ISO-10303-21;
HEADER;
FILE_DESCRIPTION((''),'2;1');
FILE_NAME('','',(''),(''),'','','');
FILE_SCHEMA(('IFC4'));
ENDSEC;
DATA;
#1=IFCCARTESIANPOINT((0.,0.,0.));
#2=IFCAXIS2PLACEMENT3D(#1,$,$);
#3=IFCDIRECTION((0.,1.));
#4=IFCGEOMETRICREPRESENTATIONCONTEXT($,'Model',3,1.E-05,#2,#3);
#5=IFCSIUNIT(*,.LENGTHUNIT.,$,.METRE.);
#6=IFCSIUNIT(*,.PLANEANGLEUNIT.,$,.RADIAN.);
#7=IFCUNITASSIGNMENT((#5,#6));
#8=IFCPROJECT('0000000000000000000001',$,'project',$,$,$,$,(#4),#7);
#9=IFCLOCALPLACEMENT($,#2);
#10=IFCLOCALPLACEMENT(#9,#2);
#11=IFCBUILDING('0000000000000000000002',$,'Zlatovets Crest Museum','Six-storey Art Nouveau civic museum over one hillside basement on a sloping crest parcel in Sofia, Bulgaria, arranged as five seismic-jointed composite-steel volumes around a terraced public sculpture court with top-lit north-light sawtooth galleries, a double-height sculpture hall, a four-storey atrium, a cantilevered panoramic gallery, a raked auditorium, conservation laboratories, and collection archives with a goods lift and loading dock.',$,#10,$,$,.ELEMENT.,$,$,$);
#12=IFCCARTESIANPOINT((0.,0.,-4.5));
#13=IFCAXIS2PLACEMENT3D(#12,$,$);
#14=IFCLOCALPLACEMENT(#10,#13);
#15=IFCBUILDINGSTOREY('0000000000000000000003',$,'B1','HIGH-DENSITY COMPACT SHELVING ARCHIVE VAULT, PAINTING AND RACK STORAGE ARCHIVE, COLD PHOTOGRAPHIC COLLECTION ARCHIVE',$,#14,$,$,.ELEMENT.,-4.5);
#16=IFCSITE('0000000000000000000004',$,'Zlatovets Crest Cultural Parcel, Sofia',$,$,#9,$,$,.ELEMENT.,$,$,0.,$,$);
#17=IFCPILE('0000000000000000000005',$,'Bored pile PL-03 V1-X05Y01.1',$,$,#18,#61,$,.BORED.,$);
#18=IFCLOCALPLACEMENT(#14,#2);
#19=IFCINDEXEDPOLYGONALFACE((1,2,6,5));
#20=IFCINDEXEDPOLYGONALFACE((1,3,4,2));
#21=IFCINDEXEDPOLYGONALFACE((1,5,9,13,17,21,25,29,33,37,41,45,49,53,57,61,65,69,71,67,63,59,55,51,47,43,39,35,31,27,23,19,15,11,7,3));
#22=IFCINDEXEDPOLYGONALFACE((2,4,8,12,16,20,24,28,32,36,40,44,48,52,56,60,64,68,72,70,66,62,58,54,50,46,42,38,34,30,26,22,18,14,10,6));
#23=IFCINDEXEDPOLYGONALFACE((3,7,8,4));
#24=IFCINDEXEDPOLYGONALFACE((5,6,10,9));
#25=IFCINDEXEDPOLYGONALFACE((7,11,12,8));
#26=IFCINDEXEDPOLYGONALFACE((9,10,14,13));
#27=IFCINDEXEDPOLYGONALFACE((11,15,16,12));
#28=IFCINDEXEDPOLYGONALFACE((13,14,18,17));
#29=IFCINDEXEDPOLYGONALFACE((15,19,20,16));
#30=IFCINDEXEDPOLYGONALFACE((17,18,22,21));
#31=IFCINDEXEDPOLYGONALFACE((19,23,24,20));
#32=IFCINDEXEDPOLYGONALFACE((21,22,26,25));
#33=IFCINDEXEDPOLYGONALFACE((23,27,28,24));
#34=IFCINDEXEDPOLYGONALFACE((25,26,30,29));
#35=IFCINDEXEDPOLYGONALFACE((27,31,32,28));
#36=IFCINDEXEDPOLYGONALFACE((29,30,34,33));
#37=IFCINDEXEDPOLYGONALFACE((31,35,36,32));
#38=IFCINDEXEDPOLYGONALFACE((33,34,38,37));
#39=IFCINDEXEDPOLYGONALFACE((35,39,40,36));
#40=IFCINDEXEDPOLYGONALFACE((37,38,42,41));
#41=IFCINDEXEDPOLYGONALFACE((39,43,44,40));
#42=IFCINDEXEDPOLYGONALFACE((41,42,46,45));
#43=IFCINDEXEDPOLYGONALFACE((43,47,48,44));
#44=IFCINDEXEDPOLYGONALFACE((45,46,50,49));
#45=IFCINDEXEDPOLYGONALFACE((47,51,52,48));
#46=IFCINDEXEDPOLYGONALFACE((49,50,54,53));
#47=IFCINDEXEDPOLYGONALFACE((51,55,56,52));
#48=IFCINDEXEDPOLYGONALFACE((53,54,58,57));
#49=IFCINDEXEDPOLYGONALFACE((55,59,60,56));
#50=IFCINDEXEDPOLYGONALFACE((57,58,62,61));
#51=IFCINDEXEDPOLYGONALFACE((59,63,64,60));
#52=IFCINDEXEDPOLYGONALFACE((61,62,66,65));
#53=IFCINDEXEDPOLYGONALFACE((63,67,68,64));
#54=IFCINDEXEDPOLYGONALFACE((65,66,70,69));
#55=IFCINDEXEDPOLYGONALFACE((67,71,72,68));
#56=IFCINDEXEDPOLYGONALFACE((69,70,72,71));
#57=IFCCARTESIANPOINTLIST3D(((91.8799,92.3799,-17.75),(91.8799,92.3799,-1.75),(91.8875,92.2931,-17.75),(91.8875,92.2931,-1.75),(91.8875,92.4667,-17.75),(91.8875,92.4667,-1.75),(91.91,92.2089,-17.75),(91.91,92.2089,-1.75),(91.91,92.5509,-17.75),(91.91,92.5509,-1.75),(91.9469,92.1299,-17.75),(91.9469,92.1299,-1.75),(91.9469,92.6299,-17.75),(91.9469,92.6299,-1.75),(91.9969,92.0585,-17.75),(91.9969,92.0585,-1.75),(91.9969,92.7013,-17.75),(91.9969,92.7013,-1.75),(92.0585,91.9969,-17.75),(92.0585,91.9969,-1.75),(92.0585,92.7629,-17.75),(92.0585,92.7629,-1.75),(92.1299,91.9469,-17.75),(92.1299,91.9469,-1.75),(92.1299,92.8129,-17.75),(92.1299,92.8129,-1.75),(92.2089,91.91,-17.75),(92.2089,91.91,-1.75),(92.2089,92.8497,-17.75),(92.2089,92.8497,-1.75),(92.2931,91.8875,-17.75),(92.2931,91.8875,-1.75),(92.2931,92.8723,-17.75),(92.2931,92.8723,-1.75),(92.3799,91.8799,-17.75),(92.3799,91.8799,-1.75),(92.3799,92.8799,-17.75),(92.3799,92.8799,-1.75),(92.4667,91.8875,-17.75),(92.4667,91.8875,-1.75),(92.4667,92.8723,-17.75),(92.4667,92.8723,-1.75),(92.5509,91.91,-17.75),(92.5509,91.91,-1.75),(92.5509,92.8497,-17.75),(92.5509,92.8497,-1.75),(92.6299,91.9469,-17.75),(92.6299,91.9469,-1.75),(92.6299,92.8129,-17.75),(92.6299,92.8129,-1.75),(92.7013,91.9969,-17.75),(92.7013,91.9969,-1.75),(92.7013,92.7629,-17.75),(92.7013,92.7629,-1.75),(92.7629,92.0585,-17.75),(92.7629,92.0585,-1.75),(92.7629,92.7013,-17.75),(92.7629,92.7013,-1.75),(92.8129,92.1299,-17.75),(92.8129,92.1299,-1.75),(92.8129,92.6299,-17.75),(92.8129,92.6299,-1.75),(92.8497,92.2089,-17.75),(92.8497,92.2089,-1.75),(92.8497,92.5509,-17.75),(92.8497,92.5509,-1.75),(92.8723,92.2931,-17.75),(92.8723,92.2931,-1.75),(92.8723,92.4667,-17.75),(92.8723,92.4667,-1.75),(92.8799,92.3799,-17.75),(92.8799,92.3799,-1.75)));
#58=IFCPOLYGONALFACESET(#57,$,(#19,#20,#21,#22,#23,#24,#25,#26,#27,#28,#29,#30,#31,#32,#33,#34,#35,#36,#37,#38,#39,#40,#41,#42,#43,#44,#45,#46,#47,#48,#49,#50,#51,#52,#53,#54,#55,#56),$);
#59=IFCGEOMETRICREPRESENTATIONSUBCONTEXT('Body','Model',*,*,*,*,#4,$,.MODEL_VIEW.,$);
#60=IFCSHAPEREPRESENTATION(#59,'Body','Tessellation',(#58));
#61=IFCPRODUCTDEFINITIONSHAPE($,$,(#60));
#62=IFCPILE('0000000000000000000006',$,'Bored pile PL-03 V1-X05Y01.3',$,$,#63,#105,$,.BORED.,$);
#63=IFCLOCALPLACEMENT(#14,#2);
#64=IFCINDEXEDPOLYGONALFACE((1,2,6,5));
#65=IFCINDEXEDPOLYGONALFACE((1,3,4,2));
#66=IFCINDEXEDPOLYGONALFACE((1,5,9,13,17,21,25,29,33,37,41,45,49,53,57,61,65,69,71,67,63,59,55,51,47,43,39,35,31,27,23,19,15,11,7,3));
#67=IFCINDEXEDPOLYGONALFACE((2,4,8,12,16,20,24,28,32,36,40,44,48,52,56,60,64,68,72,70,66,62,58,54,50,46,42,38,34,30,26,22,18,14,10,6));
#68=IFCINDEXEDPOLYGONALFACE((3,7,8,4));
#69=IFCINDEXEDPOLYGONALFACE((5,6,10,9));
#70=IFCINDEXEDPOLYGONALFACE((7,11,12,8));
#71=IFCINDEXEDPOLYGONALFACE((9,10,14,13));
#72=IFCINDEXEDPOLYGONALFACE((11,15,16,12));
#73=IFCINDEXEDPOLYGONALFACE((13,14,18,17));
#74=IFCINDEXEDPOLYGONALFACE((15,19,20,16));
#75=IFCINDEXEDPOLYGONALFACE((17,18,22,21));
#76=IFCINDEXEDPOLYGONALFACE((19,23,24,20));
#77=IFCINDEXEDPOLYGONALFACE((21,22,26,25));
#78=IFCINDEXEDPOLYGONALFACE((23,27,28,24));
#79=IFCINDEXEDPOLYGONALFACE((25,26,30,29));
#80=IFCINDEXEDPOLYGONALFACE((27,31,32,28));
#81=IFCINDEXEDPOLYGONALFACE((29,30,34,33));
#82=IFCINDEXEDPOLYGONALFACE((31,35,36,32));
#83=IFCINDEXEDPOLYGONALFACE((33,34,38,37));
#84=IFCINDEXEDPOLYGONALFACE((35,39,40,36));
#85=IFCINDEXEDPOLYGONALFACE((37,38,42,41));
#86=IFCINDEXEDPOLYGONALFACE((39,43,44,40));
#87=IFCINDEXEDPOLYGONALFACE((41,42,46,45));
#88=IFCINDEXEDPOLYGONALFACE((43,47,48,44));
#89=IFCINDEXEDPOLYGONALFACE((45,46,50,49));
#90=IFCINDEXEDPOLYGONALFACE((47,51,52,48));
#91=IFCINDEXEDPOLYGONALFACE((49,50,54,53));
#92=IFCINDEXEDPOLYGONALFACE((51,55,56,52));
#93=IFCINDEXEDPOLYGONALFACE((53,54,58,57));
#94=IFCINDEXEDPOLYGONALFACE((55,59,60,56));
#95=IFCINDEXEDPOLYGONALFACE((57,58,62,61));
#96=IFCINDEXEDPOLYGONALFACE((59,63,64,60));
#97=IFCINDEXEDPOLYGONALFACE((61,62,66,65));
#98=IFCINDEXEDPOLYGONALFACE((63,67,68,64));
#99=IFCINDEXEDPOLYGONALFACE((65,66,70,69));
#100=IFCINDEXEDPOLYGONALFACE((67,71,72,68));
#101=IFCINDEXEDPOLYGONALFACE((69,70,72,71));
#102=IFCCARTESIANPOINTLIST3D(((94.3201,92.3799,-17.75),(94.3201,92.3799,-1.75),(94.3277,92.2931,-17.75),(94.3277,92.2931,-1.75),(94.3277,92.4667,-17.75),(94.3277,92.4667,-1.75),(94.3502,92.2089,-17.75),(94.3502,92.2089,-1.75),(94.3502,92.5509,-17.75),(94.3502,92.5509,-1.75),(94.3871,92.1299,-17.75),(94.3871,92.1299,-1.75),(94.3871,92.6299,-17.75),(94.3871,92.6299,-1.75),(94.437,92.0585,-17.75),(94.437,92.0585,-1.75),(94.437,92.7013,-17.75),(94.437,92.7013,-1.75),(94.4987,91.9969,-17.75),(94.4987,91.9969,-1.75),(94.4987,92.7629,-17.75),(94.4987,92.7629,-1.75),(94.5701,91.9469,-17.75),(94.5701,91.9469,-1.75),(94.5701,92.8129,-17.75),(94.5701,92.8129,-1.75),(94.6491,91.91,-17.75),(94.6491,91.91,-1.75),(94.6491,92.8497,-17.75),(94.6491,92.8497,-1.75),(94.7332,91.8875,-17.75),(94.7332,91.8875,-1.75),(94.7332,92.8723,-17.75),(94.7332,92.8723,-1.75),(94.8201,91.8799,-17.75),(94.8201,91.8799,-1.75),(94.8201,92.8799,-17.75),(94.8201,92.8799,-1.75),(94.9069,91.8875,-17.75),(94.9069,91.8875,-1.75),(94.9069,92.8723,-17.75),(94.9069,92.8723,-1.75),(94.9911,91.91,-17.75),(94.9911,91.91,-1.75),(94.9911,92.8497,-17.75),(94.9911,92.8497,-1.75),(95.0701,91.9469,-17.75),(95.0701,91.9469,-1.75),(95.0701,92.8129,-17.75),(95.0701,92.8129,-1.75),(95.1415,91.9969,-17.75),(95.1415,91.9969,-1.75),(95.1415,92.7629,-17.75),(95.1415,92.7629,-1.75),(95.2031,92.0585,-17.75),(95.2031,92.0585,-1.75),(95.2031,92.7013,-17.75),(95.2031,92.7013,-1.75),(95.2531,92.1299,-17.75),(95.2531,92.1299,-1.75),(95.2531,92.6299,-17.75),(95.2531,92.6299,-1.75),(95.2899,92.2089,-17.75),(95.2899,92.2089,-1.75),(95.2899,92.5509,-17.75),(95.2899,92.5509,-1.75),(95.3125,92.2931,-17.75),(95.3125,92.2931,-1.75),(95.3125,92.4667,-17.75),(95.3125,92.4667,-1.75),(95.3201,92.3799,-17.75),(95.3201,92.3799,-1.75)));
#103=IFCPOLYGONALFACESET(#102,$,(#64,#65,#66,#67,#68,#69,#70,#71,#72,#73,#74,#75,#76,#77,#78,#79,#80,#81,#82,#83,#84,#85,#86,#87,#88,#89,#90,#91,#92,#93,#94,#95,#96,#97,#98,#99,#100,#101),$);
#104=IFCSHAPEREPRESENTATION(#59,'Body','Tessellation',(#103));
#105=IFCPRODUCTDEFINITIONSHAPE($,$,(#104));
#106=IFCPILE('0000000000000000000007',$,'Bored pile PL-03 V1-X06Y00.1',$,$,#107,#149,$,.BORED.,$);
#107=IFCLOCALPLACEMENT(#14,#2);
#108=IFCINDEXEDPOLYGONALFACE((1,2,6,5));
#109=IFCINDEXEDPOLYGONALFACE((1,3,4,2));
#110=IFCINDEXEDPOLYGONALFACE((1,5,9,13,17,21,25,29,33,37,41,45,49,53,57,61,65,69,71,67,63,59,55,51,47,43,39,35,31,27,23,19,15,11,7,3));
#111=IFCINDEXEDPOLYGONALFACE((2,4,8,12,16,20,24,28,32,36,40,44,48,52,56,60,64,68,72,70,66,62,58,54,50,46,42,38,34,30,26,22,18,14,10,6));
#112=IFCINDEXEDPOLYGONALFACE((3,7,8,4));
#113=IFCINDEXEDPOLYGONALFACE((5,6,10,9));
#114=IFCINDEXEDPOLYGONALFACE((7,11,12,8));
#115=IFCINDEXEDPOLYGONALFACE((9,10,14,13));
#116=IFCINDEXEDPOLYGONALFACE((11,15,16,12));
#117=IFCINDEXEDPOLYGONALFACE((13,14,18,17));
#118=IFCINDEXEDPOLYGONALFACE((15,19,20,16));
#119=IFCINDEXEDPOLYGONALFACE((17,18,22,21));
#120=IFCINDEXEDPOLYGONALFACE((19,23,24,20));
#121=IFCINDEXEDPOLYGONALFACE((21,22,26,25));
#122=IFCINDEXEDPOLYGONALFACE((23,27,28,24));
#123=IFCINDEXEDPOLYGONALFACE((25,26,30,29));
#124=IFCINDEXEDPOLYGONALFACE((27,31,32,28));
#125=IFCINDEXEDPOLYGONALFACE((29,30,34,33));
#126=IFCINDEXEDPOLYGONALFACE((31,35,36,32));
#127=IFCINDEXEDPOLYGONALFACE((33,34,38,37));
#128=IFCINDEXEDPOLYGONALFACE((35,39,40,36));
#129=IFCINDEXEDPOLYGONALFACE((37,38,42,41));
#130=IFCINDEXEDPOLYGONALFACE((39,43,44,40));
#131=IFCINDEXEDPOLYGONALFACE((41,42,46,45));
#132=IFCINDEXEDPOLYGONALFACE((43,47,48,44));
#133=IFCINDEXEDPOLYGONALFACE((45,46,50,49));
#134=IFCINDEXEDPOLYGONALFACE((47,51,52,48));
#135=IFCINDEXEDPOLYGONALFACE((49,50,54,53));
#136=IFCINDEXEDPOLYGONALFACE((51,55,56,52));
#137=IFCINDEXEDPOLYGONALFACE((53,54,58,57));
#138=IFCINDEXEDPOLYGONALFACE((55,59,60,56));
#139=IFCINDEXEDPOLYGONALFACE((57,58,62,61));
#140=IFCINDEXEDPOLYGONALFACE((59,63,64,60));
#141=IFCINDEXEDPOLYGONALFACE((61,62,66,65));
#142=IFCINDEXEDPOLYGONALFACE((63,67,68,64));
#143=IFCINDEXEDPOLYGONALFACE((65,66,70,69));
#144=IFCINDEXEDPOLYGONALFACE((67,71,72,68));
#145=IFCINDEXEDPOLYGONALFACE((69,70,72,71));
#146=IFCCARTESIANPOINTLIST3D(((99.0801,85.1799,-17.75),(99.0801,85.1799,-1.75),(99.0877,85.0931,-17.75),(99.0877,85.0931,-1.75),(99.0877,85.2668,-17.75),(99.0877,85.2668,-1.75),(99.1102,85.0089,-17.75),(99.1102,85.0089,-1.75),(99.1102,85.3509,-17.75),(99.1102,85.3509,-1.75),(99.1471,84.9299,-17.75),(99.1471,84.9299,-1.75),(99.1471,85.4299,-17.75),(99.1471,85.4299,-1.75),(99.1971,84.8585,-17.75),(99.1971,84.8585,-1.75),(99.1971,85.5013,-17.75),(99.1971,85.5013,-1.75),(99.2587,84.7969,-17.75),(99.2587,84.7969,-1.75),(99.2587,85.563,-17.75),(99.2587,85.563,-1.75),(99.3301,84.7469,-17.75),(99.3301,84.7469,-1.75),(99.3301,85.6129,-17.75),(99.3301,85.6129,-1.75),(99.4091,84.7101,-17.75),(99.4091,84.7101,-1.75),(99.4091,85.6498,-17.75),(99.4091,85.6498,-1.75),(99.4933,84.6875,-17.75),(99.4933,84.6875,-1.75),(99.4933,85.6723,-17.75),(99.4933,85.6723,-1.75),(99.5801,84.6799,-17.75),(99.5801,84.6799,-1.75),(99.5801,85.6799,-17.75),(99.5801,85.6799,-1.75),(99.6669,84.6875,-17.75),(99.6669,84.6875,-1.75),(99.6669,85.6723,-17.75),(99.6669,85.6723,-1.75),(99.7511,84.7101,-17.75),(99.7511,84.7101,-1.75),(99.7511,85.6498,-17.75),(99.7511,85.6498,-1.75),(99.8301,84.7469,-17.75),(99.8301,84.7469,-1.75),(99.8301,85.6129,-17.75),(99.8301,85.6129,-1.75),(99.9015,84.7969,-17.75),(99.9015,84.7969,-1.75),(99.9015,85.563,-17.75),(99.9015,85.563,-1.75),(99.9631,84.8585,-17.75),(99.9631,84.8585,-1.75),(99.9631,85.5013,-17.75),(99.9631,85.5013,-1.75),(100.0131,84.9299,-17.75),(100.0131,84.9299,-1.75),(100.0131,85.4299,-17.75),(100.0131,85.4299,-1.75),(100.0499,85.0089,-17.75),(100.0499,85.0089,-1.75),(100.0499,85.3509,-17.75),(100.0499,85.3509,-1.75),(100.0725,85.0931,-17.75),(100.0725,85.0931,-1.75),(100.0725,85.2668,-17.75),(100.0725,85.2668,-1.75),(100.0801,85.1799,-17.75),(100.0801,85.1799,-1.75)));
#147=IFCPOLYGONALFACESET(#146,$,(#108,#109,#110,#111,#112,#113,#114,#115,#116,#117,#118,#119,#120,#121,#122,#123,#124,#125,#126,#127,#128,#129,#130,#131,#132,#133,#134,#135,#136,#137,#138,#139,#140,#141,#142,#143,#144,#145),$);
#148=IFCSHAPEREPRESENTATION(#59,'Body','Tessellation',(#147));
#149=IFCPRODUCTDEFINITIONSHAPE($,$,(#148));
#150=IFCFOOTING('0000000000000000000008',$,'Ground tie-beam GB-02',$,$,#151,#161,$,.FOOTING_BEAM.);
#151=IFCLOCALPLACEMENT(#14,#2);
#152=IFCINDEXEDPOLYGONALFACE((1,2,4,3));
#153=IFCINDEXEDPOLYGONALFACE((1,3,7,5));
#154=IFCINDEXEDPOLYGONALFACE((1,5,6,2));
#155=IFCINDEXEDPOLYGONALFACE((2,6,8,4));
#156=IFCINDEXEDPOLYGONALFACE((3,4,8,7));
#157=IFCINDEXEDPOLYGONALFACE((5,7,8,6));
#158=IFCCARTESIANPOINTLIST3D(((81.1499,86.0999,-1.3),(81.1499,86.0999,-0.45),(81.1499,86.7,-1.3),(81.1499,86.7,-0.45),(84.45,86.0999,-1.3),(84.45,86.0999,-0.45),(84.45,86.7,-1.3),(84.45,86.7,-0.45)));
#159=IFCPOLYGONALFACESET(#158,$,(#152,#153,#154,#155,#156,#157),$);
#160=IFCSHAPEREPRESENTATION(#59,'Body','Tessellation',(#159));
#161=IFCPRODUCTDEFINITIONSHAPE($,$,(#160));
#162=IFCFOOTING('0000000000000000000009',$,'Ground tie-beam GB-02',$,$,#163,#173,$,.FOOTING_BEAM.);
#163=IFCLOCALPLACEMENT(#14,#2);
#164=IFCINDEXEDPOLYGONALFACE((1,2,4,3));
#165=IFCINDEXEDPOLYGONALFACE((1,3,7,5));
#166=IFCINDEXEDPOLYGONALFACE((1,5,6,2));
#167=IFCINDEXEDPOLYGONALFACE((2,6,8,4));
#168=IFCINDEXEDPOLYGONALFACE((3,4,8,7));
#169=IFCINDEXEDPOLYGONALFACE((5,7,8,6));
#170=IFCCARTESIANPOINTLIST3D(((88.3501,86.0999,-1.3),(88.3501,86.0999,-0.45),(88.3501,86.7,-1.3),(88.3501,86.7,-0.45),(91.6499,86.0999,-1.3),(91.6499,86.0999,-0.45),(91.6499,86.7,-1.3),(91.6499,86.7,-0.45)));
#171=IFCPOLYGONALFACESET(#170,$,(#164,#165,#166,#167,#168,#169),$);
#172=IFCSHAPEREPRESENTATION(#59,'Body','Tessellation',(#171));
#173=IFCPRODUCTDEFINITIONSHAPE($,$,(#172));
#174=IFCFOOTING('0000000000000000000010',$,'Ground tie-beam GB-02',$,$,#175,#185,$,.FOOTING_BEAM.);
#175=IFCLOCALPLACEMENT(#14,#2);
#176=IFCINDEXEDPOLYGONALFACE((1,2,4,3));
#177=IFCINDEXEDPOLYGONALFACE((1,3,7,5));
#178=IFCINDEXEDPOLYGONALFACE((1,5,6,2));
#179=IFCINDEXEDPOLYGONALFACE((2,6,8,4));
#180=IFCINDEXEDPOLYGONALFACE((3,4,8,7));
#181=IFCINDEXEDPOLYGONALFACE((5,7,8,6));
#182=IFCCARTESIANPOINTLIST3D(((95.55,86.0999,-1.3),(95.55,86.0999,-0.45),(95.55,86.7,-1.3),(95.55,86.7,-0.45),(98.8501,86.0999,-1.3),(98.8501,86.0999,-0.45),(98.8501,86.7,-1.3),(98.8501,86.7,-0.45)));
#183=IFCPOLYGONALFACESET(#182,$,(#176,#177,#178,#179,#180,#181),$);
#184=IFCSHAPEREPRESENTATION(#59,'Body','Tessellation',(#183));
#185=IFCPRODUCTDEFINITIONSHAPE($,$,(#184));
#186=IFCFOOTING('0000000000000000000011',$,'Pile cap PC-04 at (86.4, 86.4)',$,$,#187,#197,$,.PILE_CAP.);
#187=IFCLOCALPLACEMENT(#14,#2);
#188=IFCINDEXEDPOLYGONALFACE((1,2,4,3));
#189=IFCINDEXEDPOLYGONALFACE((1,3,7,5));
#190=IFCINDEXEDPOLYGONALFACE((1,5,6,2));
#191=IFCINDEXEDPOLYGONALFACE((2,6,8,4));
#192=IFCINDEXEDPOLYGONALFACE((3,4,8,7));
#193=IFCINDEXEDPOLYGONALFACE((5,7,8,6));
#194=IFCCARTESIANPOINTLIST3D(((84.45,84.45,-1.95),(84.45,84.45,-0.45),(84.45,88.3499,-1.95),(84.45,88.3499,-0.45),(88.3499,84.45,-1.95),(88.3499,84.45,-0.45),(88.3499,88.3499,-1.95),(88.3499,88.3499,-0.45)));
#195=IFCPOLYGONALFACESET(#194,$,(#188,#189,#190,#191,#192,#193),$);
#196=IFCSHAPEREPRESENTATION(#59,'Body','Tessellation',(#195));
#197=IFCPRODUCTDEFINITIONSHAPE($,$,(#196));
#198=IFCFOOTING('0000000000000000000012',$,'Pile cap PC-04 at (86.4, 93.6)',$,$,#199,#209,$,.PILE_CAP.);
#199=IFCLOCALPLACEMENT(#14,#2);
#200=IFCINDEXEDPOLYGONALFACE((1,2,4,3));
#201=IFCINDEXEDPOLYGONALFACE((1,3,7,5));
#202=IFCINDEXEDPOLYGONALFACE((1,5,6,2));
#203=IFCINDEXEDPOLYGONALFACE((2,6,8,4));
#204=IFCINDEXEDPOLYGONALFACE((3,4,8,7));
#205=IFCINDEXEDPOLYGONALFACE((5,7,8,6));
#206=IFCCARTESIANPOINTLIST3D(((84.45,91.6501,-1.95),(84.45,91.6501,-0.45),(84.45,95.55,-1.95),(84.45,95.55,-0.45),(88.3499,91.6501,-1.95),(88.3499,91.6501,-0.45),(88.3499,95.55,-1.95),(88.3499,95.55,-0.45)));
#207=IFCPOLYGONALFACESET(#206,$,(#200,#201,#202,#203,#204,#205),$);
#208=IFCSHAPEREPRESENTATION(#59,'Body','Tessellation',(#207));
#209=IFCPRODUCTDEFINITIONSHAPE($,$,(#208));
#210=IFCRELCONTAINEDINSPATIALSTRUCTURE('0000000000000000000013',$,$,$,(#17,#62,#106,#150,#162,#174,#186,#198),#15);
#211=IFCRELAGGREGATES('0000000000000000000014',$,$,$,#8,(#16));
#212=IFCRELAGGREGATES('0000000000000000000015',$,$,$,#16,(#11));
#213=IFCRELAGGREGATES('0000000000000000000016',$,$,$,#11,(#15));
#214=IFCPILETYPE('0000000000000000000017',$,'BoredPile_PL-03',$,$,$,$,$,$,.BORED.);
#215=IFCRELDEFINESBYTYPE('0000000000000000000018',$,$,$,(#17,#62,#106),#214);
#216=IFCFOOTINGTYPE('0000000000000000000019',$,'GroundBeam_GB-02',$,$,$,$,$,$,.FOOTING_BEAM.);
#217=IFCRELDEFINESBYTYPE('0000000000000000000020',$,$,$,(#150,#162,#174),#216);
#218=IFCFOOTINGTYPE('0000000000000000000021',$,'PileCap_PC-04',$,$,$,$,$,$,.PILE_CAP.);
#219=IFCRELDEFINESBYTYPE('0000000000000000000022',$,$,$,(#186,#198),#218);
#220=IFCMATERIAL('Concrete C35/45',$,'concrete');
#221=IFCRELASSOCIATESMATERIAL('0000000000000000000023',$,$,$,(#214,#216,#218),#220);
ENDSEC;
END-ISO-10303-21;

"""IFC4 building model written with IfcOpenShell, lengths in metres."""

from ifc_helpers import new_model, si_unit, direction, frame, origin, origin_2d, place, context, subcontext, project, spatial, rectangle, circle, extrude, material, material_profile, profile_set, type_object, element, save


model = new_model("IFC4")

# Units and contexts
model_context = context("Model", 3, precision=1e-05, world=origin(), true_north=direction((0.0, 1.0)))
body_context = subcontext(model_context, "Body", "Model", "MODEL_VIEW")
ifc_project = project(units=[si_unit("LENGTHUNIT", "METRE"), si_unit("PLANEANGLEUNIT", "RADIAN")], contexts=[model_context])

# Site, building, storey
site_placement = place(None, origin())
site = spatial("IfcSite", under=ifc_project, at=site_placement, Name="Zlatovets Crest Cultural Parcel, Sofia", CompositionType="ELEMENT", RefElevation=0.0)
building_placement = place(site_placement, origin())
building = spatial("IfcBuilding", under=site, at=building_placement, Name="Zlatovets Crest Museum", Description="Six-storey Art Nouveau civic museum over one hillside basement on a sloping crest parcel in Sofia, Bulgaria, arranged as five seismic-jointed composite-steel volumes around a terraced public sculpture court with top-lit north-light sawtooth galleries, a double-height sculpture hall, a four-storey atrium, a cantilevered panoramic gallery, a raked auditorium, conservation laboratories, and collection archives with a goods lift and loading dock.", CompositionType="ELEMENT")
storey_placement = place(building_placement, frame((0.0, 0.0, -4.5)))
storey = spatial("IfcBuildingStorey", under=building, at=storey_placement, Name="B1", Description="HIGH-DENSITY COMPACT SHELVING ARCHIVE VAULT, PAINTING AND RACK STORAGE ARCHIVE, COLD PHOTOGRAPHIC COLLECTION ARCHIVE", CompositionType="ELEMENT", Elevation=-4.5)

# Piles
ifc_material_1 = material(Name="Concrete C35/45", Category="concrete")
ifc_material_profile_1 = material_profile(ifc_material_1, circle(Radius=0.5, at=origin_2d()), Name="PILE D1000")
ifc_profile_set_1 = profile_set([ifc_material_profile_1], Name="Concrete C35/45")
pile_type_1 = type_object("IfcPileType", Name="BoredPile_PL-03", PredefinedType="BORED", material=ifc_profile_set_1)
for number, where, z_axis, x_axis, name in (
    (1, (92.3799, 92.3799, -1.75), (0.0, 0.0, -1.0), (1.0, 0.0, 0.0), "Bored pile PL-03 V1-X05Y01.1"),
    (2, (94.8201, 92.3799, -1.75), (0.0, 0.0, -1.0), (1.0, 0.0, 0.0), "Bored pile PL-03 V1-X05Y01.3"),
    (3, (99.5801, 85.1799, -1.75), (0.0, 0.0, -1.0), (1.0, 0.0, 0.0), "Bored pile PL-03 V1-X06Y00.1"),
):
    element("IfcPile", number, at=place(storey_placement, frame(where, z_axis=z_axis, x_axis=x_axis)), inside=storey, type_object=pile_type_1, Name=name, PredefinedType="BORED", context=body_context, shape_type="SweptSolid", body=[
        extrude(circle(Radius=0.5, at=origin_2d()), origin(), (0.0, 0.0, 1.0), 16.0),
    ])

# Footings
ifc_material_profile_2 = material_profile(ifc_material_1, rectangle(XDim=0.6001, YDim=0.8501, at=origin_2d()), Name="RC 600x850")
ifc_profile_set_2 = profile_set([ifc_material_profile_2], Name="Concrete C35/45")
footing_type_1 = type_object("IfcFootingType", Name="GroundBeam_GB-02", PredefinedType="FOOTING_BEAM", material=ifc_profile_set_2)
footing_1_placement = place(storey_placement, frame((81.1499, 86.3999, -0.875), z_axis=(1.0, 0.0, 0.0), x_axis=(0.0, 1.0, 0.0)))
element("IfcFooting", 4, at=footing_1_placement, inside=storey, type_object=footing_type_1, Name="Ground tie-beam GB-02", PredefinedType="FOOTING_BEAM", context=body_context, shape_type="SweptSolid", body=[
    extrude(rectangle(XDim=0.6001, YDim=0.8501, at=origin_2d()), origin(), (0.0, 0.0, 1.0), 3.3),
])
footing_2_placement = place(storey_placement, frame((88.3501, 86.3999, -0.875), z_axis=(1.0, 0.0, 0.0), x_axis=(0.0, 1.0, 0.0)))
element("IfcFooting", 5, at=footing_2_placement, inside=storey, type_object=footing_type_1, Name="Ground tie-beam GB-02", PredefinedType="FOOTING_BEAM", context=body_context, shape_type="SweptSolid", body=[
    extrude(rectangle(XDim=0.6001, YDim=0.8501, at=origin_2d()), origin(), (0.0, 0.0, 1.0), 3.2998),
])
footing_3_placement = place(storey_placement, frame((95.55, 86.3999, -0.875), z_axis=(1.0, 0.0, 0.0), x_axis=(0.0, 1.0, 0.0)))
element("IfcFooting", 6, at=footing_3_placement, inside=storey, type_object=footing_type_1, Name="Ground tie-beam GB-02", PredefinedType="FOOTING_BEAM", context=body_context, shape_type="SweptSolid", body=[
    extrude(rectangle(XDim=0.6001, YDim=0.8501, at=origin_2d()), origin(), (0.0, 0.0, 1.0), 3.3),
])
footing_type_2 = type_object("IfcFootingType", Name="PileCap_PC-04", PredefinedType="PILE_CAP", material=ifc_material_1)
for number, where, z_axis, x_axis, name in (
    (7, (86.3999, 86.3999, -1.95), (0.0, 0.0, 1.0), (1.0, 0.0, 0.0), "Pile cap PC-04 at (86.4, 86.4)"),
    (8, (86.3999, 93.6001, -1.95), (0.0, 0.0, 1.0), (1.0, 0.0, 0.0), "Pile cap PC-04 at (86.4, 93.6)"),
):
    element("IfcFooting", number, at=place(storey_placement, frame(where, z_axis=z_axis, x_axis=x_axis)), inside=storey, type_object=footing_type_2, Name=name, PredefinedType="PILE_CAP", context=body_context, shape_type="SweptSolid", body=[
        extrude(rectangle(XDim=3.8999, YDim=3.8999, at=origin_2d()), origin(), (0.0, 0.0, 1.0), 1.5),
    ])

save(model, "model.ifc")
